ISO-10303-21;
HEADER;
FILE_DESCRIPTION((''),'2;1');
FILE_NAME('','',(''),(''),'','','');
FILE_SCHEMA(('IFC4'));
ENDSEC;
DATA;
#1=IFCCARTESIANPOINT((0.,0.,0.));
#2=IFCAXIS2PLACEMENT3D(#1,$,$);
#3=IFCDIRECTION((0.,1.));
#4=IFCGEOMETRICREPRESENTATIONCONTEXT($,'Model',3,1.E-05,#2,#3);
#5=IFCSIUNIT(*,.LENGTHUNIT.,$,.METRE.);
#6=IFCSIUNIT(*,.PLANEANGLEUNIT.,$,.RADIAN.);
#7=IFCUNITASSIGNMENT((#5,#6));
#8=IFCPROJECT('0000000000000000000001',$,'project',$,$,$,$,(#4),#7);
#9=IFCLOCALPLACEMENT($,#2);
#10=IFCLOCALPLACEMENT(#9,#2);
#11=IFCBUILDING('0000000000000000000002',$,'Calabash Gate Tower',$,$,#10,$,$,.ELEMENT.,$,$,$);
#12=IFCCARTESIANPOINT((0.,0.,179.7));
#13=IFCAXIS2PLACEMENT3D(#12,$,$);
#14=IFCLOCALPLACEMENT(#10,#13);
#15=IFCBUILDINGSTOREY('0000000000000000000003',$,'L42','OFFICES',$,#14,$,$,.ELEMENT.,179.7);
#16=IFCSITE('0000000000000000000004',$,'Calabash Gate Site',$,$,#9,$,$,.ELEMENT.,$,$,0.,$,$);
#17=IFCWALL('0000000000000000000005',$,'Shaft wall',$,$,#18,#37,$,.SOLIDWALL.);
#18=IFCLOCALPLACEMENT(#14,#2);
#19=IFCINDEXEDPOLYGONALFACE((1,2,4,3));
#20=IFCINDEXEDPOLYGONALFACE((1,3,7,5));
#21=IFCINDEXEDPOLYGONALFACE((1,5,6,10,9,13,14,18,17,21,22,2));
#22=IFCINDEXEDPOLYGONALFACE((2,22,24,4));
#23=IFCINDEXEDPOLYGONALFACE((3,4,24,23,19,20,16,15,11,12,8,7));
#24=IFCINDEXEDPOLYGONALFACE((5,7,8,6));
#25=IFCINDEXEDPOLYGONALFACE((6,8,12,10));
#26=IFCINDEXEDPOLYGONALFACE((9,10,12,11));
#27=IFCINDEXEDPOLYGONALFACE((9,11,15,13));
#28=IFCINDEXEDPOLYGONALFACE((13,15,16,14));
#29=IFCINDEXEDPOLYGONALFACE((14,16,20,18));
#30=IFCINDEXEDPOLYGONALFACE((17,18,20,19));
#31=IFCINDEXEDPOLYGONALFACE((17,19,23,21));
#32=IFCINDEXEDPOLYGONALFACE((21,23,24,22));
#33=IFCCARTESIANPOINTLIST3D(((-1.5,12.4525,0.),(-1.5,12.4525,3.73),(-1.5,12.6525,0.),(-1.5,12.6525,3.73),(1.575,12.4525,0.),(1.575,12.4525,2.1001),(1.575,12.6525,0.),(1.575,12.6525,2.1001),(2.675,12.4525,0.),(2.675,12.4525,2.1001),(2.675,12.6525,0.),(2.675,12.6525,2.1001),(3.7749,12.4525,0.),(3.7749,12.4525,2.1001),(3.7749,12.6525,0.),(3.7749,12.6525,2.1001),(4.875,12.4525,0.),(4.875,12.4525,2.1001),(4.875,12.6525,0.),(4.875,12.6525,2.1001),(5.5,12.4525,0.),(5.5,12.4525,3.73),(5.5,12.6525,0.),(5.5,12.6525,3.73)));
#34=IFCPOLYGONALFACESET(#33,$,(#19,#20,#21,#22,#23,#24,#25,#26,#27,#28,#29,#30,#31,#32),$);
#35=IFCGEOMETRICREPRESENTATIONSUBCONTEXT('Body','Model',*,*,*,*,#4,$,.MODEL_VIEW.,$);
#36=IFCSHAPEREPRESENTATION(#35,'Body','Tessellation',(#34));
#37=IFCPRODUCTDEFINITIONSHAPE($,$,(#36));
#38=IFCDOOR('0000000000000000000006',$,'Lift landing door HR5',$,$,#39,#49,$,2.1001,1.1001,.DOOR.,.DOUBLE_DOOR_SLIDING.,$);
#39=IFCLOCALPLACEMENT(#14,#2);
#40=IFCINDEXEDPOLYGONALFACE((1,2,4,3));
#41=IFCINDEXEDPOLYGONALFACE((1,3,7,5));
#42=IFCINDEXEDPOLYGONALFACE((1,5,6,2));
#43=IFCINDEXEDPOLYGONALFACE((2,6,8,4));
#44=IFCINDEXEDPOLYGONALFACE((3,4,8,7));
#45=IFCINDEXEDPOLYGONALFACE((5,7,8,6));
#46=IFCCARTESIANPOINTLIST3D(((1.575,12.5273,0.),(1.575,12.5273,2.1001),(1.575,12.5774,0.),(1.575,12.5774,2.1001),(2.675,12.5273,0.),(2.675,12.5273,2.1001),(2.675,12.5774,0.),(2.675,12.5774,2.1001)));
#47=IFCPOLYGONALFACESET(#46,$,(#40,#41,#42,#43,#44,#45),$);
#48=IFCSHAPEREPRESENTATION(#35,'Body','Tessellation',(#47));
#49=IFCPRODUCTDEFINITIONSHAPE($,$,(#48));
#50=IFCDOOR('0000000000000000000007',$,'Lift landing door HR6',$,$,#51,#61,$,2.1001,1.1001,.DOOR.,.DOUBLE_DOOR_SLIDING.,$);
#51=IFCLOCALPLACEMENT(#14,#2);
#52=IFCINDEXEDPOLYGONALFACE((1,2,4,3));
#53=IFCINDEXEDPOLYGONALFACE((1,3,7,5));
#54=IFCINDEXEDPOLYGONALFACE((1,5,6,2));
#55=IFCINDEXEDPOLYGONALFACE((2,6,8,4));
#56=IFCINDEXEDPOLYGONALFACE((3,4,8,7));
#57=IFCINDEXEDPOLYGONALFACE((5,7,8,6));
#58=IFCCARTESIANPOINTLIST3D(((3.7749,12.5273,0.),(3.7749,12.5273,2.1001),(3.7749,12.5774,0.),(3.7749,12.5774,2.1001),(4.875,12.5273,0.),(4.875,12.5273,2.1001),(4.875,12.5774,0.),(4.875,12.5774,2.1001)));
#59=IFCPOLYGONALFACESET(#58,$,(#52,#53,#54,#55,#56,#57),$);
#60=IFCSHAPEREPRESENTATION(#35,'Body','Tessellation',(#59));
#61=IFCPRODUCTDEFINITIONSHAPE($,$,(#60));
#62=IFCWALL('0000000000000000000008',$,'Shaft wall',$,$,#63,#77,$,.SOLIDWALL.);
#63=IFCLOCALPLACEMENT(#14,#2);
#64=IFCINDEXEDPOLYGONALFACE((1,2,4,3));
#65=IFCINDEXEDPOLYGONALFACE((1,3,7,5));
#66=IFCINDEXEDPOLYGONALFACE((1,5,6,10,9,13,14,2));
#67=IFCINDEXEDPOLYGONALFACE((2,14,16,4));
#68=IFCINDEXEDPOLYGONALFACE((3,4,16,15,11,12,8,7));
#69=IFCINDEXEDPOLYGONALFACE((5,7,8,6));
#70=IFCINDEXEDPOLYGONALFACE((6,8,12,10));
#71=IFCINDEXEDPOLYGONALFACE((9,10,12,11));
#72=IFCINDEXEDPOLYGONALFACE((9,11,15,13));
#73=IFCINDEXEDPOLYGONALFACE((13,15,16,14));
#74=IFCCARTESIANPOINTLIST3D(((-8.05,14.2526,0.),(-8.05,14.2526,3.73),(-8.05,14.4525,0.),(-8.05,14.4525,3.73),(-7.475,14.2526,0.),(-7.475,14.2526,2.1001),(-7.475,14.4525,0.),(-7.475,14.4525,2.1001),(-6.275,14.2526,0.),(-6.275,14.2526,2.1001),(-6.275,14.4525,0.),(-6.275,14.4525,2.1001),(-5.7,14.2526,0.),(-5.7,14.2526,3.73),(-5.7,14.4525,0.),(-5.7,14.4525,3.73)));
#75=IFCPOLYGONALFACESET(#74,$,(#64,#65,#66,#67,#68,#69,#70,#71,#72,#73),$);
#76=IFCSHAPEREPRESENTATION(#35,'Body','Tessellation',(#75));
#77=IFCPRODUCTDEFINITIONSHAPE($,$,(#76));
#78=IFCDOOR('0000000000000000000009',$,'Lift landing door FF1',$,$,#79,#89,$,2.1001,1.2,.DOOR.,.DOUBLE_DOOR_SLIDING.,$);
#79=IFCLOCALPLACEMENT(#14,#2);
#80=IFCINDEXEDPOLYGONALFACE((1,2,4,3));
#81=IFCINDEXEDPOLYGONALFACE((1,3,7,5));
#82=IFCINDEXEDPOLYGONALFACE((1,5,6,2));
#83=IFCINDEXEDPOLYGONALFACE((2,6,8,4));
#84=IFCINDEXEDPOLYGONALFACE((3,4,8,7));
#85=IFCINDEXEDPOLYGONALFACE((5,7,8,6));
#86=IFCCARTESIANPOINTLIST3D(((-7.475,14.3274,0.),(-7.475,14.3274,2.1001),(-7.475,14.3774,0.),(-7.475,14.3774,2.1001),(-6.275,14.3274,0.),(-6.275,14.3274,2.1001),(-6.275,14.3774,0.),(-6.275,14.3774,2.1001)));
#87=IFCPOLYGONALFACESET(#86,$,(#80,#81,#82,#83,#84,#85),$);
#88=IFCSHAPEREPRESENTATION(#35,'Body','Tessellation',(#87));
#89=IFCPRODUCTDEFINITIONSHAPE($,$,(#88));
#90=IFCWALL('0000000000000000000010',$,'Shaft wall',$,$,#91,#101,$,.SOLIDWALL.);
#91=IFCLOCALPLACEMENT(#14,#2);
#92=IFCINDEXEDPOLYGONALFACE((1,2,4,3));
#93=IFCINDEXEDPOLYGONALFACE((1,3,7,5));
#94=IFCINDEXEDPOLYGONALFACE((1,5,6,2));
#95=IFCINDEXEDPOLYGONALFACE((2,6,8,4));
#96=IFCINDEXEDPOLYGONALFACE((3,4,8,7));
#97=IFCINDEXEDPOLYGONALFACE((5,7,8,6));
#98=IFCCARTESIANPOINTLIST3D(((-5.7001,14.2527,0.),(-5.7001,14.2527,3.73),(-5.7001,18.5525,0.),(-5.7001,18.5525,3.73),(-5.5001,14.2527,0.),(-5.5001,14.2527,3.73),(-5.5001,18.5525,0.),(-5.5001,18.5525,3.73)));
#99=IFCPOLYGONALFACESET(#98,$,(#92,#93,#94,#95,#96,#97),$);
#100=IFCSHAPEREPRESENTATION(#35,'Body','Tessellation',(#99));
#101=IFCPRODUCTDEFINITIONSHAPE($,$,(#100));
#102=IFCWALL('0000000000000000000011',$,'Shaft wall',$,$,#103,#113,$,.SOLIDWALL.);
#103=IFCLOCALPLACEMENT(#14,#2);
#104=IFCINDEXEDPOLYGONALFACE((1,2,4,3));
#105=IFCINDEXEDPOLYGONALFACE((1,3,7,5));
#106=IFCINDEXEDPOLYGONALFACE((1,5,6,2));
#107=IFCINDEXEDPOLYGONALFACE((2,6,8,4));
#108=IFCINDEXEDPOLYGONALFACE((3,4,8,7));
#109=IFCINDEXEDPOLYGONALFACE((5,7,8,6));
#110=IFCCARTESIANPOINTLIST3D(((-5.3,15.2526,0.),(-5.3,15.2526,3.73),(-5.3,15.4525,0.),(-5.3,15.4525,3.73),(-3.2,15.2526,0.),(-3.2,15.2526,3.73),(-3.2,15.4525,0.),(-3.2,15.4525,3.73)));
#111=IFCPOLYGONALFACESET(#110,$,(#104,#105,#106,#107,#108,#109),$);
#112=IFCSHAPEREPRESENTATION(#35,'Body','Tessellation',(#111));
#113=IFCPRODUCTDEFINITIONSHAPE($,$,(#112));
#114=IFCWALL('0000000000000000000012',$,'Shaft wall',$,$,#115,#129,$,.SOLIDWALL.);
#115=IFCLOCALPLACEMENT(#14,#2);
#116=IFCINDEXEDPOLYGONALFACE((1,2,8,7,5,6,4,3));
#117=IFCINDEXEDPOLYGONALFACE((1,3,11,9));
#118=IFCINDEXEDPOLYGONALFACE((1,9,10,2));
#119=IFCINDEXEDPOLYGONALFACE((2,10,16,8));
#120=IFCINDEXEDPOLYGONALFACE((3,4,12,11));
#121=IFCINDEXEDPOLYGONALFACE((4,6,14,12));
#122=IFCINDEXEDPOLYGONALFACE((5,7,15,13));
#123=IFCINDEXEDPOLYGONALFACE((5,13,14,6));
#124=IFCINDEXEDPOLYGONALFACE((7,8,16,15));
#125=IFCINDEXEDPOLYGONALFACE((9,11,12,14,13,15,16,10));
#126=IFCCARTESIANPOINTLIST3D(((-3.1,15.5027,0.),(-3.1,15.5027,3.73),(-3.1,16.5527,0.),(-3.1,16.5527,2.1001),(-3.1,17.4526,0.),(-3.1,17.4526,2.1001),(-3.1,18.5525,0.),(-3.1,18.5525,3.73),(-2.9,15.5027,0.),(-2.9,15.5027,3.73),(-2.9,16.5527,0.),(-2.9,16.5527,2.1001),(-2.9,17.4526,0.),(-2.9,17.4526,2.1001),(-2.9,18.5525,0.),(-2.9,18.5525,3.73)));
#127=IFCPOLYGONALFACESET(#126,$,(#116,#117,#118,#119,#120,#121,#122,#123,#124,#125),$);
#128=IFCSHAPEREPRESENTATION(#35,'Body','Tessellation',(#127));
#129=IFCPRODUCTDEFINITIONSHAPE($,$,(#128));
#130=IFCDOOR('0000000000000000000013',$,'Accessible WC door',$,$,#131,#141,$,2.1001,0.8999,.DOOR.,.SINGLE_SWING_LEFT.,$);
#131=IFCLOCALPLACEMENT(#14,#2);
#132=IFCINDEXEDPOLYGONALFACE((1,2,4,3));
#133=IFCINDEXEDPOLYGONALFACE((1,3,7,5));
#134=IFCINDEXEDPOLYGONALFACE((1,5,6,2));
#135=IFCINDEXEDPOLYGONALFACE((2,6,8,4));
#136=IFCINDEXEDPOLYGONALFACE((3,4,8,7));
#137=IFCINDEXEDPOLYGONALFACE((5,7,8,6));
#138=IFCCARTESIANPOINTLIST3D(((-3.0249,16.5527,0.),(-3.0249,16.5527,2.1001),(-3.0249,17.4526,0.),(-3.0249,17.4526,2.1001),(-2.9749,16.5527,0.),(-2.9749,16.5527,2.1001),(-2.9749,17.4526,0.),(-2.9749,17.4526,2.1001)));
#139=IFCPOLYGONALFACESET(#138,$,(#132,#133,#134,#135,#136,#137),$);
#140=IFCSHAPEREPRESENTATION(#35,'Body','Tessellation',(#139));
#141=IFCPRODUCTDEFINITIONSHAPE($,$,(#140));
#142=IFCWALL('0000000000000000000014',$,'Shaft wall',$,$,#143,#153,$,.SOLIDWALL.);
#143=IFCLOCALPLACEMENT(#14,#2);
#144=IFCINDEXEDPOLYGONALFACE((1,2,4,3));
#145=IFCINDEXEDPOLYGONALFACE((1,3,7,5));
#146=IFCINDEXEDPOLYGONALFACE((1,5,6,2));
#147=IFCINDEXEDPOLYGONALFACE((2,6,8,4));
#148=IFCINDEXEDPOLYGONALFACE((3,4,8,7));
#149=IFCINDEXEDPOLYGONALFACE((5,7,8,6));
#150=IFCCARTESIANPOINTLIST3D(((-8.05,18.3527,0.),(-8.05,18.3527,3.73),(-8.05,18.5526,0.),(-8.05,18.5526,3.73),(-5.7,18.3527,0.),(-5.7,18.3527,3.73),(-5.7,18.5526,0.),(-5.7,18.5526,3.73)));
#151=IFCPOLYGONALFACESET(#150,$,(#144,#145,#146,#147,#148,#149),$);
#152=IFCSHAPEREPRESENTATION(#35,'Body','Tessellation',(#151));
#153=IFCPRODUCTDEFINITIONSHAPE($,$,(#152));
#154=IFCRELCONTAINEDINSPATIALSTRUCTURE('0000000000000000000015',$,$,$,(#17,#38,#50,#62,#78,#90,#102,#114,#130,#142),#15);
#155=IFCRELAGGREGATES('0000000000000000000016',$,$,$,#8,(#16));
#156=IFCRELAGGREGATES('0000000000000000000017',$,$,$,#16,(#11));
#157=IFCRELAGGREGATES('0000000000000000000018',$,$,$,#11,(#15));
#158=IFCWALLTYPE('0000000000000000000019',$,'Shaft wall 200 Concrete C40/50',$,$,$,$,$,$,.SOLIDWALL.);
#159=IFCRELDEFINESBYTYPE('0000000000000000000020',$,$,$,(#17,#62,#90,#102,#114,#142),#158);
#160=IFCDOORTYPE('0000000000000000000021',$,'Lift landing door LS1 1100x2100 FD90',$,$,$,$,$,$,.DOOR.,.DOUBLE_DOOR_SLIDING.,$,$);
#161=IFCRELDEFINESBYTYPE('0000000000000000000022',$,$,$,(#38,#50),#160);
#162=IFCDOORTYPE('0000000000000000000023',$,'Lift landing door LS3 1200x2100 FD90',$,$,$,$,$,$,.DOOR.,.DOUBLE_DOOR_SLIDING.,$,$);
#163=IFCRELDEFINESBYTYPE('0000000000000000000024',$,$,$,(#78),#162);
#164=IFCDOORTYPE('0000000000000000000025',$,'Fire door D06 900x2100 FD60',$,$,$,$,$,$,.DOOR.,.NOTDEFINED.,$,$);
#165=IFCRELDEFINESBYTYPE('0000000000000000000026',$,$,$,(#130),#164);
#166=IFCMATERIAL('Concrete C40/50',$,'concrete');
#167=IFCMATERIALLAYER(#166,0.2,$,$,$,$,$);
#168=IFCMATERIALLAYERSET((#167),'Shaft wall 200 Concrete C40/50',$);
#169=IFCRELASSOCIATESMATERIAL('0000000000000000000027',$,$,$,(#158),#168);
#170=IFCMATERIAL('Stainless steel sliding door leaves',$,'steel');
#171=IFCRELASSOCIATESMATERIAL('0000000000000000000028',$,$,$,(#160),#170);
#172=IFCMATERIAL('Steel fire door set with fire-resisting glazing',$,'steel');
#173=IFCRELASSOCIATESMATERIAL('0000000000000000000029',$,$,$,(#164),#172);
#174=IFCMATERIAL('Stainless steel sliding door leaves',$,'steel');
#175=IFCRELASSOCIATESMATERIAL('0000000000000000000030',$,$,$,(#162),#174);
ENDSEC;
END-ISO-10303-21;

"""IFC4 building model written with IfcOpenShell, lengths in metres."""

from ifc_helpers import new_model, si_unit, direction, frame, frame_2d, origin, place, context, subcontext, project, spatial, rectangle, extrude, material, layer, layer_set, type_object, element, fill, save


model = new_model("IFC4")

# Units and contexts
model_context = context("Model", 3, precision=1e-05, world=origin(), true_north=direction((0.0, 1.0)))
body_context = subcontext(model_context, "Body", "Model", "MODEL_VIEW")
ifc_project = project(units=[si_unit("LENGTHUNIT", "METRE"), si_unit("PLANEANGLEUNIT", "RADIAN")], contexts=[model_context])

# Site, building, storey
site_placement = place(None, origin())
site = spatial("IfcSite", under=ifc_project, at=site_placement, Name="Calabash Gate Site", CompositionType="ELEMENT", RefElevation=0.0)
building_placement = place(site_placement, origin())
building = spatial("IfcBuilding", under=site, at=building_placement, Name="Calabash Gate Tower", CompositionType="ELEMENT")
storey_placement = place(building_placement, frame((0.0, 0.0, 179.7)))
storey = spatial("IfcBuildingStorey", under=building, at=storey_placement, Name="L42", Description="OFFICES", CompositionType="ELEMENT", Elevation=179.7)

# Shared definitions
ifc_material_1 = material(Name="Concrete C40/50", Category="concrete")
ifc_layer_1 = layer(ifc_material_1, 0.2)
ifc_layer_set_1 = layer_set([ifc_layer_1], Name="Shaft wall 200 Concrete C40/50")
wall_type_1 = type_object("IfcWallType", Name="Shaft wall 200 Concrete C40/50", PredefinedType="SOLIDWALL", material=ifc_layer_set_1)

# Shared definitions
ifc_material_2 = material(Name="Stainless steel sliding door leaves", Category="steel")
door_type_1 = type_object("IfcDoorType", Name="Lift landing door LS1 1100x2100 FD90", OperationType="DOUBLE_DOOR_SLIDING", PredefinedType="DOOR", material=ifc_material_2)

# Shared definitions
ifc_material_3 = material(Name="Steel fire door set with fire-resisting glazing", Category="steel")
door_type_2 = type_object("IfcDoorType", Name="Fire door D06 900x2100 FD60", OperationType="NOTDEFINED", PredefinedType="DOOR", material=ifc_material_3)

# Wall, openings, doors
wall_1_placement = place(storey_placement, frame((-1.5, 12.5525, 0.0), z_axis=(0.0, 0.0, 1.0), x_axis=(1.0, 0.0, 0.0)))
wall_1 = element("IfcWall", 1, at=wall_1_placement, inside=storey, type_object=wall_type_1, Name="Shaft wall", PredefinedType="SOLIDWALL", context=body_context, shape_type="SweptSolid", body=[
    extrude(rectangle(XDim=7.0, YDim=0.2, at=frame_2d((3.5, 0.0))), origin(), (0.0, 0.0, 1.0), 3.73),
])
opening_1_placement = place(wall_1_placement, frame((3.075, 0.0, 0.0)))
opening_1 = element("IfcOpeningElement", 2, at=opening_1_placement, cuts=wall_1, PredefinedType="OPENING", context=body_context, shape_type="SweptSolid", body=[
    extrude(rectangle(XDim=1.1001, YDim=2.1001, at=frame_2d((0.55, 1.05))), frame((0.0, 0.1099, 0.0), z_axis=(0.0, -1.0, 0.0), x_axis=(1.0, 0.0, 0.0)), (0.0, 0.0, 1.0), 0.22),
])
opening_2_placement = place(wall_1_placement, frame((5.2749, 0.0, 0.0)))
opening_2 = element("IfcOpeningElement", 3, at=opening_2_placement, cuts=wall_1, PredefinedType="OPENING", context=body_context, shape_type="SweptSolid", body=[
    extrude(rectangle(XDim=1.1001, YDim=2.1001, at=frame_2d((0.55, 1.05))), frame((0.0, 0.1099, 0.0), z_axis=(0.0, -1.0, 0.0), x_axis=(1.0, 0.0, 0.0)), (0.0, 0.0, 1.0), 0.22),
])
door_1_placement = place(opening_1_placement, origin())
door_1 = element("IfcDoor", 4, at=door_1_placement, inside=storey, type_object=door_type_1, Name="Lift landing door HR5", OperationType="DOUBLE_DOOR_SLIDING", OverallHeight=2.1001, OverallWidth=1.1001, PredefinedType="DOOR", context=body_context, shape_type="SweptSolid", body=[
    extrude(rectangle(XDim=1.1001, YDim=2.1001, at=frame_2d((0.55, 1.05))), frame((0.0, 0.0249, 0.0), z_axis=(0.0, -1.0, 0.0), x_axis=(1.0, 0.0, 0.0)), (0.0, 0.0, 1.0), 0.05),
])
fill(opening_1, door_1)
door_2_placement = place(opening_2_placement, origin())
door_2 = element("IfcDoor", 5, at=door_2_placement, inside=storey, type_object=door_type_1, Name="Lift landing door HR6", OperationType="DOUBLE_DOOR_SLIDING", OverallHeight=2.1001, OverallWidth=1.1001, PredefinedType="DOOR", context=body_context, shape_type="SweptSolid", body=[
    extrude(rectangle(XDim=1.1001, YDim=2.1001, at=frame_2d((0.55, 1.05))), frame((0.0, 0.0249, 0.0), z_axis=(0.0, -1.0, 0.0), x_axis=(1.0, 0.0, 0.0)), (0.0, 0.0, 1.0), 0.05),
])
fill(opening_2, door_2)

# Wall, opening, door
wall_2_placement = place(storey_placement, frame((-8.05, 14.3525, 0.0), z_axis=(0.0, 0.0, 1.0), x_axis=(1.0, 0.0, 0.0)))
wall_2 = element("IfcWall", 6, at=wall_2_placement, inside=storey, type_object=wall_type_1, Name="Shaft wall", PredefinedType="SOLIDWALL", context=body_context, shape_type="SweptSolid", body=[
    extrude(rectangle(XDim=2.3501, YDim=0.2, at=frame_2d((1.175, 0.0))), origin(), (0.0, 0.0, 1.0), 3.73),
])
opening_3_placement = place(wall_2_placement, frame((0.575, 0.0, 0.0)))
opening_3 = element("IfcOpeningElement", 7, at=opening_3_placement, cuts=wall_2, PredefinedType="OPENING", context=body_context, shape_type="SweptSolid", body=[
    extrude(rectangle(XDim=1.2, YDim=2.1001, at=frame_2d((0.6001, 1.05))), frame((0.0, 0.1099, 0.0), z_axis=(0.0, -1.0, 0.0), x_axis=(1.0, 0.0, 0.0)), (0.0, 0.0, 1.0), 0.22),
])
ifc_material_4 = material(Name="Stainless steel sliding door leaves", Category="steel")
door_type_3 = type_object("IfcDoorType", Name="Lift landing door LS3 1200x2100 FD90", OperationType="DOUBLE_DOOR_SLIDING", PredefinedType="DOOR", material=ifc_material_4)
door_3_placement = place(opening_3_placement, origin())
door_3 = element("IfcDoor", 8, at=door_3_placement, inside=storey, type_object=door_type_3, Name="Lift landing door FF1", OperationType="DOUBLE_DOOR_SLIDING", OverallHeight=2.1001, OverallWidth=1.2, PredefinedType="DOOR", context=body_context, shape_type="SweptSolid", body=[
    extrude(rectangle(XDim=1.2, YDim=2.1001, at=frame_2d((0.6001, 1.05))), frame((0.0, 0.0249, 0.0), z_axis=(0.0, -1.0, 0.0), x_axis=(1.0, 0.0, 0.0)), (0.0, 0.0, 1.0), 0.05),
])
fill(opening_3, door_3)

# Walls
wall_3_placement = place(storey_placement, frame((-5.6001, 14.2527, 0.0), z_axis=(0.0, 0.0, 1.0), x_axis=(0.0, 1.0, 0.0)))
element("IfcWall", 9, at=wall_3_placement, inside=storey, type_object=wall_type_1, Name="Shaft wall", PredefinedType="SOLIDWALL", context=body_context, shape_type="SweptSolid", body=[
    extrude(rectangle(XDim=4.2998, YDim=0.2, at=frame_2d((2.1499, 0.0))), origin(), (0.0, 0.0, 1.0), 3.73),
])
wall_4_placement = place(storey_placement, frame((-5.3, 15.3525, 0.0), z_axis=(0.0, 0.0, 1.0), x_axis=(1.0, 0.0, 0.0)))
element("IfcWall", 10, at=wall_4_placement, inside=storey, type_object=wall_type_1, Name="Shaft wall", PredefinedType="SOLIDWALL", context=body_context, shape_type="SweptSolid", body=[
    extrude(rectangle(XDim=2.1001, YDim=0.2, at=frame_2d((1.05, 0.0))), origin(), (0.0, 0.0, 1.0), 3.73),
])

# Wall, opening, door
wall_5_placement = place(storey_placement, frame((-3.0, 15.5027, 0.0), z_axis=(0.0, 0.0, 1.0), x_axis=(0.0, 1.0, 0.0)))
wall_5 = element("IfcWall", 11, at=wall_5_placement, inside=storey, type_object=wall_type_1, Name="Shaft wall", PredefinedType="SOLIDWALL", context=body_context, shape_type="SweptSolid", body=[
    extrude(rectangle(XDim=3.0498, YDim=0.2, at=frame_2d((1.5249, 0.0))), origin(), (0.0, 0.0, 1.0), 3.73),
])
opening_4_placement = place(wall_5_placement, frame((1.05, 0.0, 0.0)))
opening_4 = element("IfcOpeningElement", 12, at=opening_4_placement, cuts=wall_5, PredefinedType="OPENING", context=body_context, shape_type="SweptSolid", body=[
    extrude(rectangle(XDim=0.8999, YDim=2.1001, at=frame_2d((0.45, 1.05))), frame((0.0, 0.1099, 0.0), z_axis=(0.0, -1.0, 0.0), x_axis=(1.0, 0.0, 0.0)), (0.0, 0.0, 1.0), 0.22),
])
door_4_placement = place(opening_4_placement, origin())
door_4 = element("IfcDoor", 13, at=door_4_placement, inside=storey, type_object=door_type_2, Name="Accessible WC door", OperationType="SINGLE_SWING_LEFT", OverallHeight=2.1001, OverallWidth=0.8999, PredefinedType="DOOR", context=body_context, shape_type="SweptSolid", body=[
    extrude(rectangle(XDim=0.8999, YDim=2.1001, at=frame_2d((0.45, 1.05))), frame((0.0, 0.0249, 0.0), z_axis=(0.0, -1.0, 0.0), x_axis=(1.0, 0.0, 0.0)), (0.0, 0.0, 1.0), 0.05),
])
fill(opening_4, door_4)

# Wall
wall_6_placement = place(storey_placement, frame((-8.05, 18.4526, 0.0), z_axis=(0.0, 0.0, 1.0), x_axis=(1.0, 0.0, 0.0)))
element("IfcWall", 14, at=wall_6_placement, inside=storey, type_object=wall_type_1, Name="Shaft wall", PredefinedType="SOLIDWALL", context=body_context, shape_type="SweptSolid", body=[
    extrude(rectangle(XDim=2.3501, YDim=0.2, at=frame_2d((1.175, 0.0))), origin(), (0.0, 0.0, 1.0), 3.73),
])

save(model, "model.ifc")
